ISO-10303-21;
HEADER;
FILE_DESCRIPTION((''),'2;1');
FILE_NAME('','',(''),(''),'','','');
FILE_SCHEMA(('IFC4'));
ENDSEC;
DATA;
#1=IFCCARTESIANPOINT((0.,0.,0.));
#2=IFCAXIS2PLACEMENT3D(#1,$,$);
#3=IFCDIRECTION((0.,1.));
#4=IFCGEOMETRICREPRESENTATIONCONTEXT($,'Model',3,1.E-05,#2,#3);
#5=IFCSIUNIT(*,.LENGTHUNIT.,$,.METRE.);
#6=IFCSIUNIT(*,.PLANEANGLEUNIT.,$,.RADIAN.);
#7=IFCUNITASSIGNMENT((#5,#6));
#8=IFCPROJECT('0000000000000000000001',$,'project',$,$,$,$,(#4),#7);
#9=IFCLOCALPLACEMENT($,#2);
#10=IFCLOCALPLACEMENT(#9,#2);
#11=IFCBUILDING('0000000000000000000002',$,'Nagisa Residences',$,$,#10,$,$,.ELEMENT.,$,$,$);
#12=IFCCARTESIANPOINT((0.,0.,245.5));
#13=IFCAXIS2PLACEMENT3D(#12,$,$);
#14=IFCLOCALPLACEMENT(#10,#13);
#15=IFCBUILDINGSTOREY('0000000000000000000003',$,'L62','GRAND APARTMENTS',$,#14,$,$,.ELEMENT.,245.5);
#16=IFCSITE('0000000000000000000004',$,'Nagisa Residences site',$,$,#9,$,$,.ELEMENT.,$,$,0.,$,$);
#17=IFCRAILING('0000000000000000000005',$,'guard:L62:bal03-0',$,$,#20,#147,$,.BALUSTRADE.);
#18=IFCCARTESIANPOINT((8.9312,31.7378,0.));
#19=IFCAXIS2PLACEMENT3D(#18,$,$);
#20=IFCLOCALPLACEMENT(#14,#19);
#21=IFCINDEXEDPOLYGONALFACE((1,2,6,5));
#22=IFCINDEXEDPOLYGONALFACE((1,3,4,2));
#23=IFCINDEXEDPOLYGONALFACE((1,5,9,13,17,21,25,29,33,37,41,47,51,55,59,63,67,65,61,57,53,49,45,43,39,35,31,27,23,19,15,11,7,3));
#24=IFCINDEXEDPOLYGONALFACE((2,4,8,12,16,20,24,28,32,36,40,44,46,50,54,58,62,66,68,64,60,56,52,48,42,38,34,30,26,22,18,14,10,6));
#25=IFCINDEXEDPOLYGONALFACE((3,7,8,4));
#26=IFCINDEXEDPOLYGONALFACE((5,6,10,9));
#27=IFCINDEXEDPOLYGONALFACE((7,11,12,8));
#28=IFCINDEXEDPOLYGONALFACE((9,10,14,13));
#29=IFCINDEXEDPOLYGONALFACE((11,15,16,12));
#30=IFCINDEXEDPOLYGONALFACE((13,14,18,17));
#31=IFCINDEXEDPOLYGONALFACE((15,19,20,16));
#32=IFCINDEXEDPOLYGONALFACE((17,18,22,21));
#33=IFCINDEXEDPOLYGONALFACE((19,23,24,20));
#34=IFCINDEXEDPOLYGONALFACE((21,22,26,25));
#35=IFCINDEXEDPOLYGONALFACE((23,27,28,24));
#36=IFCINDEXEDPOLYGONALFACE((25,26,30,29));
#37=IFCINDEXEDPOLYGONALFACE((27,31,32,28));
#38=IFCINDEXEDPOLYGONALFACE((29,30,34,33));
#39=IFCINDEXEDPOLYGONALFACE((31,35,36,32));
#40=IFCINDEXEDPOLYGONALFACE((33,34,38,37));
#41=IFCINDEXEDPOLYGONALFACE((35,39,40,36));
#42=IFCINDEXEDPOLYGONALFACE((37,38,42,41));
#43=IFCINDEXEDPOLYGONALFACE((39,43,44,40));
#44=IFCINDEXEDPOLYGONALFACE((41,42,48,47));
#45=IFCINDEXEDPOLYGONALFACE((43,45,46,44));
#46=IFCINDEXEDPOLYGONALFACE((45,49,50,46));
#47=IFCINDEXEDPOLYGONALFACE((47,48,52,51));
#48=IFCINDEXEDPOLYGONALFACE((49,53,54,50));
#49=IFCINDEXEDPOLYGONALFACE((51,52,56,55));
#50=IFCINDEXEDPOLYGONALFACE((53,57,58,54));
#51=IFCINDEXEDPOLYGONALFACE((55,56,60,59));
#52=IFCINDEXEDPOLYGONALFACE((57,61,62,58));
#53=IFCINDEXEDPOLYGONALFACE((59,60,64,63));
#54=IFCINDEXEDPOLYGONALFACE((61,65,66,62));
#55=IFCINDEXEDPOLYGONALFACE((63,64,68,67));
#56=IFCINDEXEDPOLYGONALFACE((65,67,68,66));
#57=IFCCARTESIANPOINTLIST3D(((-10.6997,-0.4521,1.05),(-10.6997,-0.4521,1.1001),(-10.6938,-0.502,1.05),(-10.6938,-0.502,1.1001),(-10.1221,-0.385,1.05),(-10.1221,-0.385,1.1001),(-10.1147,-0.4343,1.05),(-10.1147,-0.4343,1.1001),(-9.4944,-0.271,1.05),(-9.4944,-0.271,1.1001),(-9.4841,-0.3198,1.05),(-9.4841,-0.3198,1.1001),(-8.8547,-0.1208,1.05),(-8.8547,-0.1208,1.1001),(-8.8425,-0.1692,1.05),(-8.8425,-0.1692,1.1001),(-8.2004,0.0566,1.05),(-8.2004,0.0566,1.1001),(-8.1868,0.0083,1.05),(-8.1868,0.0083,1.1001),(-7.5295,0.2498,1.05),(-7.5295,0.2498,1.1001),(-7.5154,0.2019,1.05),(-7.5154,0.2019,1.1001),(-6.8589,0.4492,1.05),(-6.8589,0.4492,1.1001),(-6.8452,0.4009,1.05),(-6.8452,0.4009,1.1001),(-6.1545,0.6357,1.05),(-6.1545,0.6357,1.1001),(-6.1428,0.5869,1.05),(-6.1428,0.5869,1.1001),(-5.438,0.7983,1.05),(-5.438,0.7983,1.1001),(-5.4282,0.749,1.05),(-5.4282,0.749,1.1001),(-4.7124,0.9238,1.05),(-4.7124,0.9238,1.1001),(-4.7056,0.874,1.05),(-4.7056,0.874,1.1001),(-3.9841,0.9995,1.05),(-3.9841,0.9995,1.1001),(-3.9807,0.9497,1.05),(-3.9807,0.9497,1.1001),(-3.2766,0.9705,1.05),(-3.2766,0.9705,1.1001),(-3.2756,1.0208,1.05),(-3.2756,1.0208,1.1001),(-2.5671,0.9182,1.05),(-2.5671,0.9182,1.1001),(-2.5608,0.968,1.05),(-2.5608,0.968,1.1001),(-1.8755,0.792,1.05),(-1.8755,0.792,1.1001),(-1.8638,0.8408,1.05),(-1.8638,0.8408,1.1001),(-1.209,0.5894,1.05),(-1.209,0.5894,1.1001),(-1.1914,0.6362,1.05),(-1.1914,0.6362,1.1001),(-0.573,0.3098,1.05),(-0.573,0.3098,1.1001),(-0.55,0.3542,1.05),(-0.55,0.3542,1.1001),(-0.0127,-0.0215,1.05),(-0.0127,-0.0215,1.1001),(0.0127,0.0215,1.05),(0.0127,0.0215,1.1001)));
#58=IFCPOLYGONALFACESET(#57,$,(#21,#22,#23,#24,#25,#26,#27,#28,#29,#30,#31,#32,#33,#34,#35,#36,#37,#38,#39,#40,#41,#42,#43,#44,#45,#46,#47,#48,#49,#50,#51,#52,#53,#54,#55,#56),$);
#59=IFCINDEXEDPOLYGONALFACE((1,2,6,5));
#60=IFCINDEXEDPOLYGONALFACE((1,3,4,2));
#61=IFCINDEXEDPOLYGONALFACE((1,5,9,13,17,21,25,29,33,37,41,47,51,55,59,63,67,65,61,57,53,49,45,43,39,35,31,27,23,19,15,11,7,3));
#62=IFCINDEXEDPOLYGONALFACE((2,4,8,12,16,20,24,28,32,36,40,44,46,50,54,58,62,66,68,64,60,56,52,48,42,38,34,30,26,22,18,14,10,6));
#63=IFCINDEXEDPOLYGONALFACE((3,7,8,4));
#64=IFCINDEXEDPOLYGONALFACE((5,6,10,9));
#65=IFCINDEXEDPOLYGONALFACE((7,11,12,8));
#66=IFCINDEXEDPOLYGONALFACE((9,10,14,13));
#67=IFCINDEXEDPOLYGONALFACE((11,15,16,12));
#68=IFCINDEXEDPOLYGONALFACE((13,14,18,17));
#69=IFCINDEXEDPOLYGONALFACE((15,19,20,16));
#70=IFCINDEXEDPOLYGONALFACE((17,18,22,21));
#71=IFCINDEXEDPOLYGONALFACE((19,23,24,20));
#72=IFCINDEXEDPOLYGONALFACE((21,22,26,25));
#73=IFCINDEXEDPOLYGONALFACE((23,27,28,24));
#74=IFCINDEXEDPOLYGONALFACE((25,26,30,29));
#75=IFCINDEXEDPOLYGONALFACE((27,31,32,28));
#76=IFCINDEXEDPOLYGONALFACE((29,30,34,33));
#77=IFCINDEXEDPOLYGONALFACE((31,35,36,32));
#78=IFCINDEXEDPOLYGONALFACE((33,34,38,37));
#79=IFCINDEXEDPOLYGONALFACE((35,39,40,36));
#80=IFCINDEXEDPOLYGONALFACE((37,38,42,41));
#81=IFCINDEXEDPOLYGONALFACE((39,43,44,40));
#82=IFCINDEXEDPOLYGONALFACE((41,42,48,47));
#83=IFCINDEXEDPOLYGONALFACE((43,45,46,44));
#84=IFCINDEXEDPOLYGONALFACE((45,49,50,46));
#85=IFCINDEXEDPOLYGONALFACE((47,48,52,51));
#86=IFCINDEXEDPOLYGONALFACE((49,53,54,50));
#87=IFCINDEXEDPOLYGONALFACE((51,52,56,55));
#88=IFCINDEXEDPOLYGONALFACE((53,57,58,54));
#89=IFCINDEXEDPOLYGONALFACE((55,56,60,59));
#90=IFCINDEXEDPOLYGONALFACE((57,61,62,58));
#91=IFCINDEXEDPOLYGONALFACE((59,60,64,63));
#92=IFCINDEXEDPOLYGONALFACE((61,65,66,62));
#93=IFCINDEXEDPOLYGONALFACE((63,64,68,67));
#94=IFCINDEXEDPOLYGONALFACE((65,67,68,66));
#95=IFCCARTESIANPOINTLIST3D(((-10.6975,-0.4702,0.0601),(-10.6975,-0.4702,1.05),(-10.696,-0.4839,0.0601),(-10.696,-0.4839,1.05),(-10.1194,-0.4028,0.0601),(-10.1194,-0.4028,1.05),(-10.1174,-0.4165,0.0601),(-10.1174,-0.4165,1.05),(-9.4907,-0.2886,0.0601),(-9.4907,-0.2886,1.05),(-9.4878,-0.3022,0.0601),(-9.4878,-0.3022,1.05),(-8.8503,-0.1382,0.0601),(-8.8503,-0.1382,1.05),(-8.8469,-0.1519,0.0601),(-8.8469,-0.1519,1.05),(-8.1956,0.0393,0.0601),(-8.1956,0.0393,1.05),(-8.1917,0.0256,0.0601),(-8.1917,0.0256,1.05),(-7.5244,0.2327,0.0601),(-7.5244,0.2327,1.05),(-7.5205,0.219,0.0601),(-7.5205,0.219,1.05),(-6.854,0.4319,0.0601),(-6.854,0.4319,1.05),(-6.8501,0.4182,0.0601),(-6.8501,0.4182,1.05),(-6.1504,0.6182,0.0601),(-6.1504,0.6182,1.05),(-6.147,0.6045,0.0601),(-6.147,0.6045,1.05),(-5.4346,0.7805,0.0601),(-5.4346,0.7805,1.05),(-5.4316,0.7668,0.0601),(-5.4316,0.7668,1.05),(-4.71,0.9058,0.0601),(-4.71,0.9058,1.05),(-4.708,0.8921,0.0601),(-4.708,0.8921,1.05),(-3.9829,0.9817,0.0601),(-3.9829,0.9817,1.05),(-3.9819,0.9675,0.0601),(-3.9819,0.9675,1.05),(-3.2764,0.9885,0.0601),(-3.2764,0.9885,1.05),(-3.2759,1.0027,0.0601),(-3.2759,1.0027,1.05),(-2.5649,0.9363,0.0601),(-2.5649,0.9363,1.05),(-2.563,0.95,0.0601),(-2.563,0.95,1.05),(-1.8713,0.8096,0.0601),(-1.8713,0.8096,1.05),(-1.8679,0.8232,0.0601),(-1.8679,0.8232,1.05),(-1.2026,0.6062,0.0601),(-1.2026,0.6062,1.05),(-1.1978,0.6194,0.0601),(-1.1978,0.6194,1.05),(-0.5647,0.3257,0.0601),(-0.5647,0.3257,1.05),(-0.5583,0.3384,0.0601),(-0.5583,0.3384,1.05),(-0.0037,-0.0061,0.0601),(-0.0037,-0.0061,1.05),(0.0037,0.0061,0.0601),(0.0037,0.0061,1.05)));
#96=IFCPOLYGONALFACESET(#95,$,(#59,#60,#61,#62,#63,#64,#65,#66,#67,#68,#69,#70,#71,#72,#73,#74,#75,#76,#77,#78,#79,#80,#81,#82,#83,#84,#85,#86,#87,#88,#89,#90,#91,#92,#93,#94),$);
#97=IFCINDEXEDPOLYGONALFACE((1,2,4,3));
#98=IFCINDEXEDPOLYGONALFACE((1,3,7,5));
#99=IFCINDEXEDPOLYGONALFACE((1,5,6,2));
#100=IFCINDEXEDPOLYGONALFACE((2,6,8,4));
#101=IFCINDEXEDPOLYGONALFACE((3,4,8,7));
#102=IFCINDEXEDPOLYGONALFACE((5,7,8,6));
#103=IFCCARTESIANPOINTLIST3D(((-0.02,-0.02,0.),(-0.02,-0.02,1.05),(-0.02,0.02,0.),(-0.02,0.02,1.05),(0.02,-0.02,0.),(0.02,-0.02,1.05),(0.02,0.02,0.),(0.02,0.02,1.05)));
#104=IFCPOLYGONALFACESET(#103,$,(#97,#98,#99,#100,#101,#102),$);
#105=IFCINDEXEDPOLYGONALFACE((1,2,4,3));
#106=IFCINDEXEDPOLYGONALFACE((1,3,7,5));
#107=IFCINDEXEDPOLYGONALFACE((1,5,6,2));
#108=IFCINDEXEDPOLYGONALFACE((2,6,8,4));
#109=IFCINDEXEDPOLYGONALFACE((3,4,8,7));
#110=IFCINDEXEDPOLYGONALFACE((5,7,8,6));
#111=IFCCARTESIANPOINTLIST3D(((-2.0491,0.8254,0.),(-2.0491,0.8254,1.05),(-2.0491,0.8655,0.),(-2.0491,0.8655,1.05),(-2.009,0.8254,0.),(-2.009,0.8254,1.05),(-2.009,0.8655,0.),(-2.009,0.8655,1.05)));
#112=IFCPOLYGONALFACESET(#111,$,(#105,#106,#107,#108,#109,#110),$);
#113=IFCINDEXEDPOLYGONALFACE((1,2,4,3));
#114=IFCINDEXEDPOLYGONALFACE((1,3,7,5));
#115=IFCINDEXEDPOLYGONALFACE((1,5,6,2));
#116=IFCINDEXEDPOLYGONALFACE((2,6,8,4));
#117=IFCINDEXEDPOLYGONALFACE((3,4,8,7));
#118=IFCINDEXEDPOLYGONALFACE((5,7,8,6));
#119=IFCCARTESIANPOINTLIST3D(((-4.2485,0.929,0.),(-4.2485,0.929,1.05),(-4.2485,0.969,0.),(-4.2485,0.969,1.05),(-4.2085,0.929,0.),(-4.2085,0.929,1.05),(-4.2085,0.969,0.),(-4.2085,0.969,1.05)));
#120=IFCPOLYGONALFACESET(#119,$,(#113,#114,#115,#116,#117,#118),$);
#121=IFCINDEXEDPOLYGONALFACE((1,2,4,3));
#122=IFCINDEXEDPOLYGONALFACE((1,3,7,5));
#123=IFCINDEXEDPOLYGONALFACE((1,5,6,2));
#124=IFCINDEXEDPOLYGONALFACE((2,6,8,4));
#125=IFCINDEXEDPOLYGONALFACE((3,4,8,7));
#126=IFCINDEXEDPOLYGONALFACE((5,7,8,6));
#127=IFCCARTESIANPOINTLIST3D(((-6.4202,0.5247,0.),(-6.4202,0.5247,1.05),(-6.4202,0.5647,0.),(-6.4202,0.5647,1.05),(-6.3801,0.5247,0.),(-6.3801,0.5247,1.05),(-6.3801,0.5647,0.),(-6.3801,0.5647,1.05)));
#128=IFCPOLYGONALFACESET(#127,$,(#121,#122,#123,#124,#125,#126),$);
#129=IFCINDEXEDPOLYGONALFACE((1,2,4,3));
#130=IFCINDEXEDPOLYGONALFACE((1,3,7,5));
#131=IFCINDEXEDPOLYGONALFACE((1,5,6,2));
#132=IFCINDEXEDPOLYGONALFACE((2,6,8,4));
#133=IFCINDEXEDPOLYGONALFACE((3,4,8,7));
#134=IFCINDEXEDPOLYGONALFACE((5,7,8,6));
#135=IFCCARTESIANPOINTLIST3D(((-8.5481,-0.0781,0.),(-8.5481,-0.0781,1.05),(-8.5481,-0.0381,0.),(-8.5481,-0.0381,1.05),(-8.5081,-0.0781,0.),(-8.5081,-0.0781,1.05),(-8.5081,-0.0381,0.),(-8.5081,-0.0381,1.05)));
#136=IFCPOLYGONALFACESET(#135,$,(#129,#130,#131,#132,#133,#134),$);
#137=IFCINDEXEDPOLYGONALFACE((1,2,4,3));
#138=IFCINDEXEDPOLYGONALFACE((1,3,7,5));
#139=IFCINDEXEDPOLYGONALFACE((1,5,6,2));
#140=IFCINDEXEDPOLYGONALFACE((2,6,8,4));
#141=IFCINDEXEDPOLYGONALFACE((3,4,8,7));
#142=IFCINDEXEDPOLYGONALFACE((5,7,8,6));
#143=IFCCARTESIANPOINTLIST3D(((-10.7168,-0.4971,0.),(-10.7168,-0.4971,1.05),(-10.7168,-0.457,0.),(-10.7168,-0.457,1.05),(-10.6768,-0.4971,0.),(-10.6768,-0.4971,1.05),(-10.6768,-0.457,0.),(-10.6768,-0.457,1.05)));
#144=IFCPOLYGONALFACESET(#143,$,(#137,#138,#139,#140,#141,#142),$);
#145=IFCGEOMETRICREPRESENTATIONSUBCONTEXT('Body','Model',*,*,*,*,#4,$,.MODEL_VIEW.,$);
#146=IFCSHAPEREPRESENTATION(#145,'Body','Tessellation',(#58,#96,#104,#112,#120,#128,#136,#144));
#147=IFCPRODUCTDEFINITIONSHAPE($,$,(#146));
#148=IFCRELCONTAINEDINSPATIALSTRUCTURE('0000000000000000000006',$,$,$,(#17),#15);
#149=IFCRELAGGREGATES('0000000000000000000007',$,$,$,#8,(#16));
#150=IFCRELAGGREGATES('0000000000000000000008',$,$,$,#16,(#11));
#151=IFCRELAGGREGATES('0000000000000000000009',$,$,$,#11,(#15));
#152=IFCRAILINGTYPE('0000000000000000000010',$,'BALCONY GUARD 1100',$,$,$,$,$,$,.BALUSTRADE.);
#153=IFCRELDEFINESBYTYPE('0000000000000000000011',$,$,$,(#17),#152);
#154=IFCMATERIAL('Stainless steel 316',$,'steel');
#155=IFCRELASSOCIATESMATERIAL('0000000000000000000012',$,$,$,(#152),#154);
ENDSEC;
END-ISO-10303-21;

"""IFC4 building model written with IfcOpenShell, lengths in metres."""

from ifc_helpers import new_model, si_unit, direction, frame, origin, origin_2d, place, context, subcontext, project, spatial, polyline, rectangle, outline, extrude, material, type_object, element, save


model = new_model("IFC4")

# Units and contexts
model_context = context("Model", 3, precision=1e-05, world=origin(), true_north=direction((0.0, 1.0)))
body_context = subcontext(model_context, "Body", "Model", "MODEL_VIEW")
ifc_project = project(units=[si_unit("LENGTHUNIT", "METRE"), si_unit("PLANEANGLEUNIT", "RADIAN")], contexts=[model_context])

# Site, building, storey
site_placement = place(None, origin())
site = spatial("IfcSite", under=ifc_project, at=site_placement, Name="Nagisa Residences site", CompositionType="ELEMENT", RefElevation=0.0)
building_placement = place(site_placement, origin())
building = spatial("IfcBuilding", under=site, at=building_placement, Name="Nagisa Residences", CompositionType="ELEMENT")
storey_placement = place(building_placement, frame((0.0, 0.0, 245.5)))
storey = spatial("IfcBuildingStorey", under=building, at=storey_placement, Name="L62", Description="GRAND APARTMENTS", CompositionType="ELEMENT", Elevation=245.5)

# Railing
ifc_material_1 = material(Name="Stainless steel 316", Category="steel")
railing_type = type_object("IfcRailingType", Name="BALCONY GUARD 1100", PredefinedType="BALUSTRADE", material=ifc_material_1)
railing_placement = place(storey_placement, frame((8.9312, 31.7378, 0.0)))
element("IfcRailing", 1, at=railing_placement, inside=storey, type_object=railing_type, Name="guard:L62:bal03-0", PredefinedType="BALUSTRADE", context=body_context, shape_type="SweptSolid", body=[
    extrude(outline(polyline([(-0.573, 0.3098), (-0.0127, -0.0215), (0.0127, 0.0215), (-0.55, 0.3542), (-1.1914, 0.6362), (-1.8638, 0.8408), (-2.5608, 0.968), (-3.2756, 1.0208), (-3.9841, 0.9995), (-4.7124, 0.9238), (-5.438, 0.7983), (-6.1545, 0.6357), (-6.8589, 0.4492), (-7.5295, 0.2498), (-8.2004, 0.0566), (-8.8547, -0.1208), (-9.4944, -0.271), (-10.1221, -0.385), (-10.6997, -0.4521), (-10.6938, -0.502), (-10.1147, -0.4343), (-9.4841, -0.3198), (-8.8425, -0.1692), (-8.1868, 0.0083), (-7.5154, 0.2019), (-6.8452, 0.4009), (-6.1428, 0.5869), (-5.4282, 0.749), (-4.7056, 0.874), (-3.9807, 0.9497), (-3.2766, 0.9705), (-2.5671, 0.9182), (-1.8755, 0.792), (-1.209, 0.5894), (-0.573, 0.3098)])), frame((0.0, 0.0, 1.05)), (0.0, 0.0, 1.0), 0.05),
    extrude(outline(polyline([(-0.5647, 0.3257), (-0.0037, -0.0061), (0.0037, 0.0061), (-0.5583, 0.3384), (-1.1978, 0.6194), (-1.8679, 0.8232), (-2.563, 0.95), (-3.2759, 1.0027), (-3.9829, 0.9817), (-4.71, 0.9058), (-5.4346, 0.7805), (-6.1504, 0.6182), (-6.854, 0.4319), (-7.5244, 0.2327), (-8.1956, 0.0393), (-8.8503, -0.1382), (-9.4907, -0.2886), (-10.1194, -0.4028), (-10.6975, -0.4702), (-10.696, -0.4839), (-10.1174, -0.4165), (-9.4878, -0.3022), (-8.8469, -0.1519), (-8.1917, 0.0256), (-7.5205, 0.219), (-6.8501, 0.4182), (-6.147, 0.6045), (-5.4316, 0.7668), (-4.708, 0.8921), (-3.9819, 0.9675), (-3.2764, 0.9885), (-2.5649, 0.9363), (-1.8713, 0.8096), (-1.2026, 0.6062), (-0.5647, 0.3257)])), frame((0.0, 0.0, 0.0601)), (0.0, 0.0, 1.0), 0.99),
    extrude(rectangle(XDim=0.04, YDim=0.04, at=origin_2d()), origin(), (0.0, 0.0, 1.0), 1.05),
    extrude(rectangle(XDim=0.04, YDim=0.04, at=origin_2d()), frame((-2.0291, 0.8455, 0.0)), (0.0, 0.0, 1.0), 1.05),
    extrude(rectangle(XDim=0.04, YDim=0.04, at=origin_2d()), frame((-4.2285, 0.949, 0.0)), (0.0, 0.0, 1.0), 1.05),
    extrude(rectangle(XDim=0.04, YDim=0.04, at=origin_2d()), frame((-6.4001, 0.5447, 0.0)), (0.0, 0.0, 1.0), 1.05),
    extrude(rectangle(XDim=0.04, YDim=0.04, at=origin_2d()), frame((-8.5281, -0.0581, 0.0)), (0.0, 0.0, 1.0), 1.05),
    extrude(rectangle(XDim=0.04, YDim=0.04, at=origin_2d()), frame((-10.6968, -0.4771, 0.0)), (0.0, 0.0, 1.0), 1.05),
])

save(model, "model.ifc")
